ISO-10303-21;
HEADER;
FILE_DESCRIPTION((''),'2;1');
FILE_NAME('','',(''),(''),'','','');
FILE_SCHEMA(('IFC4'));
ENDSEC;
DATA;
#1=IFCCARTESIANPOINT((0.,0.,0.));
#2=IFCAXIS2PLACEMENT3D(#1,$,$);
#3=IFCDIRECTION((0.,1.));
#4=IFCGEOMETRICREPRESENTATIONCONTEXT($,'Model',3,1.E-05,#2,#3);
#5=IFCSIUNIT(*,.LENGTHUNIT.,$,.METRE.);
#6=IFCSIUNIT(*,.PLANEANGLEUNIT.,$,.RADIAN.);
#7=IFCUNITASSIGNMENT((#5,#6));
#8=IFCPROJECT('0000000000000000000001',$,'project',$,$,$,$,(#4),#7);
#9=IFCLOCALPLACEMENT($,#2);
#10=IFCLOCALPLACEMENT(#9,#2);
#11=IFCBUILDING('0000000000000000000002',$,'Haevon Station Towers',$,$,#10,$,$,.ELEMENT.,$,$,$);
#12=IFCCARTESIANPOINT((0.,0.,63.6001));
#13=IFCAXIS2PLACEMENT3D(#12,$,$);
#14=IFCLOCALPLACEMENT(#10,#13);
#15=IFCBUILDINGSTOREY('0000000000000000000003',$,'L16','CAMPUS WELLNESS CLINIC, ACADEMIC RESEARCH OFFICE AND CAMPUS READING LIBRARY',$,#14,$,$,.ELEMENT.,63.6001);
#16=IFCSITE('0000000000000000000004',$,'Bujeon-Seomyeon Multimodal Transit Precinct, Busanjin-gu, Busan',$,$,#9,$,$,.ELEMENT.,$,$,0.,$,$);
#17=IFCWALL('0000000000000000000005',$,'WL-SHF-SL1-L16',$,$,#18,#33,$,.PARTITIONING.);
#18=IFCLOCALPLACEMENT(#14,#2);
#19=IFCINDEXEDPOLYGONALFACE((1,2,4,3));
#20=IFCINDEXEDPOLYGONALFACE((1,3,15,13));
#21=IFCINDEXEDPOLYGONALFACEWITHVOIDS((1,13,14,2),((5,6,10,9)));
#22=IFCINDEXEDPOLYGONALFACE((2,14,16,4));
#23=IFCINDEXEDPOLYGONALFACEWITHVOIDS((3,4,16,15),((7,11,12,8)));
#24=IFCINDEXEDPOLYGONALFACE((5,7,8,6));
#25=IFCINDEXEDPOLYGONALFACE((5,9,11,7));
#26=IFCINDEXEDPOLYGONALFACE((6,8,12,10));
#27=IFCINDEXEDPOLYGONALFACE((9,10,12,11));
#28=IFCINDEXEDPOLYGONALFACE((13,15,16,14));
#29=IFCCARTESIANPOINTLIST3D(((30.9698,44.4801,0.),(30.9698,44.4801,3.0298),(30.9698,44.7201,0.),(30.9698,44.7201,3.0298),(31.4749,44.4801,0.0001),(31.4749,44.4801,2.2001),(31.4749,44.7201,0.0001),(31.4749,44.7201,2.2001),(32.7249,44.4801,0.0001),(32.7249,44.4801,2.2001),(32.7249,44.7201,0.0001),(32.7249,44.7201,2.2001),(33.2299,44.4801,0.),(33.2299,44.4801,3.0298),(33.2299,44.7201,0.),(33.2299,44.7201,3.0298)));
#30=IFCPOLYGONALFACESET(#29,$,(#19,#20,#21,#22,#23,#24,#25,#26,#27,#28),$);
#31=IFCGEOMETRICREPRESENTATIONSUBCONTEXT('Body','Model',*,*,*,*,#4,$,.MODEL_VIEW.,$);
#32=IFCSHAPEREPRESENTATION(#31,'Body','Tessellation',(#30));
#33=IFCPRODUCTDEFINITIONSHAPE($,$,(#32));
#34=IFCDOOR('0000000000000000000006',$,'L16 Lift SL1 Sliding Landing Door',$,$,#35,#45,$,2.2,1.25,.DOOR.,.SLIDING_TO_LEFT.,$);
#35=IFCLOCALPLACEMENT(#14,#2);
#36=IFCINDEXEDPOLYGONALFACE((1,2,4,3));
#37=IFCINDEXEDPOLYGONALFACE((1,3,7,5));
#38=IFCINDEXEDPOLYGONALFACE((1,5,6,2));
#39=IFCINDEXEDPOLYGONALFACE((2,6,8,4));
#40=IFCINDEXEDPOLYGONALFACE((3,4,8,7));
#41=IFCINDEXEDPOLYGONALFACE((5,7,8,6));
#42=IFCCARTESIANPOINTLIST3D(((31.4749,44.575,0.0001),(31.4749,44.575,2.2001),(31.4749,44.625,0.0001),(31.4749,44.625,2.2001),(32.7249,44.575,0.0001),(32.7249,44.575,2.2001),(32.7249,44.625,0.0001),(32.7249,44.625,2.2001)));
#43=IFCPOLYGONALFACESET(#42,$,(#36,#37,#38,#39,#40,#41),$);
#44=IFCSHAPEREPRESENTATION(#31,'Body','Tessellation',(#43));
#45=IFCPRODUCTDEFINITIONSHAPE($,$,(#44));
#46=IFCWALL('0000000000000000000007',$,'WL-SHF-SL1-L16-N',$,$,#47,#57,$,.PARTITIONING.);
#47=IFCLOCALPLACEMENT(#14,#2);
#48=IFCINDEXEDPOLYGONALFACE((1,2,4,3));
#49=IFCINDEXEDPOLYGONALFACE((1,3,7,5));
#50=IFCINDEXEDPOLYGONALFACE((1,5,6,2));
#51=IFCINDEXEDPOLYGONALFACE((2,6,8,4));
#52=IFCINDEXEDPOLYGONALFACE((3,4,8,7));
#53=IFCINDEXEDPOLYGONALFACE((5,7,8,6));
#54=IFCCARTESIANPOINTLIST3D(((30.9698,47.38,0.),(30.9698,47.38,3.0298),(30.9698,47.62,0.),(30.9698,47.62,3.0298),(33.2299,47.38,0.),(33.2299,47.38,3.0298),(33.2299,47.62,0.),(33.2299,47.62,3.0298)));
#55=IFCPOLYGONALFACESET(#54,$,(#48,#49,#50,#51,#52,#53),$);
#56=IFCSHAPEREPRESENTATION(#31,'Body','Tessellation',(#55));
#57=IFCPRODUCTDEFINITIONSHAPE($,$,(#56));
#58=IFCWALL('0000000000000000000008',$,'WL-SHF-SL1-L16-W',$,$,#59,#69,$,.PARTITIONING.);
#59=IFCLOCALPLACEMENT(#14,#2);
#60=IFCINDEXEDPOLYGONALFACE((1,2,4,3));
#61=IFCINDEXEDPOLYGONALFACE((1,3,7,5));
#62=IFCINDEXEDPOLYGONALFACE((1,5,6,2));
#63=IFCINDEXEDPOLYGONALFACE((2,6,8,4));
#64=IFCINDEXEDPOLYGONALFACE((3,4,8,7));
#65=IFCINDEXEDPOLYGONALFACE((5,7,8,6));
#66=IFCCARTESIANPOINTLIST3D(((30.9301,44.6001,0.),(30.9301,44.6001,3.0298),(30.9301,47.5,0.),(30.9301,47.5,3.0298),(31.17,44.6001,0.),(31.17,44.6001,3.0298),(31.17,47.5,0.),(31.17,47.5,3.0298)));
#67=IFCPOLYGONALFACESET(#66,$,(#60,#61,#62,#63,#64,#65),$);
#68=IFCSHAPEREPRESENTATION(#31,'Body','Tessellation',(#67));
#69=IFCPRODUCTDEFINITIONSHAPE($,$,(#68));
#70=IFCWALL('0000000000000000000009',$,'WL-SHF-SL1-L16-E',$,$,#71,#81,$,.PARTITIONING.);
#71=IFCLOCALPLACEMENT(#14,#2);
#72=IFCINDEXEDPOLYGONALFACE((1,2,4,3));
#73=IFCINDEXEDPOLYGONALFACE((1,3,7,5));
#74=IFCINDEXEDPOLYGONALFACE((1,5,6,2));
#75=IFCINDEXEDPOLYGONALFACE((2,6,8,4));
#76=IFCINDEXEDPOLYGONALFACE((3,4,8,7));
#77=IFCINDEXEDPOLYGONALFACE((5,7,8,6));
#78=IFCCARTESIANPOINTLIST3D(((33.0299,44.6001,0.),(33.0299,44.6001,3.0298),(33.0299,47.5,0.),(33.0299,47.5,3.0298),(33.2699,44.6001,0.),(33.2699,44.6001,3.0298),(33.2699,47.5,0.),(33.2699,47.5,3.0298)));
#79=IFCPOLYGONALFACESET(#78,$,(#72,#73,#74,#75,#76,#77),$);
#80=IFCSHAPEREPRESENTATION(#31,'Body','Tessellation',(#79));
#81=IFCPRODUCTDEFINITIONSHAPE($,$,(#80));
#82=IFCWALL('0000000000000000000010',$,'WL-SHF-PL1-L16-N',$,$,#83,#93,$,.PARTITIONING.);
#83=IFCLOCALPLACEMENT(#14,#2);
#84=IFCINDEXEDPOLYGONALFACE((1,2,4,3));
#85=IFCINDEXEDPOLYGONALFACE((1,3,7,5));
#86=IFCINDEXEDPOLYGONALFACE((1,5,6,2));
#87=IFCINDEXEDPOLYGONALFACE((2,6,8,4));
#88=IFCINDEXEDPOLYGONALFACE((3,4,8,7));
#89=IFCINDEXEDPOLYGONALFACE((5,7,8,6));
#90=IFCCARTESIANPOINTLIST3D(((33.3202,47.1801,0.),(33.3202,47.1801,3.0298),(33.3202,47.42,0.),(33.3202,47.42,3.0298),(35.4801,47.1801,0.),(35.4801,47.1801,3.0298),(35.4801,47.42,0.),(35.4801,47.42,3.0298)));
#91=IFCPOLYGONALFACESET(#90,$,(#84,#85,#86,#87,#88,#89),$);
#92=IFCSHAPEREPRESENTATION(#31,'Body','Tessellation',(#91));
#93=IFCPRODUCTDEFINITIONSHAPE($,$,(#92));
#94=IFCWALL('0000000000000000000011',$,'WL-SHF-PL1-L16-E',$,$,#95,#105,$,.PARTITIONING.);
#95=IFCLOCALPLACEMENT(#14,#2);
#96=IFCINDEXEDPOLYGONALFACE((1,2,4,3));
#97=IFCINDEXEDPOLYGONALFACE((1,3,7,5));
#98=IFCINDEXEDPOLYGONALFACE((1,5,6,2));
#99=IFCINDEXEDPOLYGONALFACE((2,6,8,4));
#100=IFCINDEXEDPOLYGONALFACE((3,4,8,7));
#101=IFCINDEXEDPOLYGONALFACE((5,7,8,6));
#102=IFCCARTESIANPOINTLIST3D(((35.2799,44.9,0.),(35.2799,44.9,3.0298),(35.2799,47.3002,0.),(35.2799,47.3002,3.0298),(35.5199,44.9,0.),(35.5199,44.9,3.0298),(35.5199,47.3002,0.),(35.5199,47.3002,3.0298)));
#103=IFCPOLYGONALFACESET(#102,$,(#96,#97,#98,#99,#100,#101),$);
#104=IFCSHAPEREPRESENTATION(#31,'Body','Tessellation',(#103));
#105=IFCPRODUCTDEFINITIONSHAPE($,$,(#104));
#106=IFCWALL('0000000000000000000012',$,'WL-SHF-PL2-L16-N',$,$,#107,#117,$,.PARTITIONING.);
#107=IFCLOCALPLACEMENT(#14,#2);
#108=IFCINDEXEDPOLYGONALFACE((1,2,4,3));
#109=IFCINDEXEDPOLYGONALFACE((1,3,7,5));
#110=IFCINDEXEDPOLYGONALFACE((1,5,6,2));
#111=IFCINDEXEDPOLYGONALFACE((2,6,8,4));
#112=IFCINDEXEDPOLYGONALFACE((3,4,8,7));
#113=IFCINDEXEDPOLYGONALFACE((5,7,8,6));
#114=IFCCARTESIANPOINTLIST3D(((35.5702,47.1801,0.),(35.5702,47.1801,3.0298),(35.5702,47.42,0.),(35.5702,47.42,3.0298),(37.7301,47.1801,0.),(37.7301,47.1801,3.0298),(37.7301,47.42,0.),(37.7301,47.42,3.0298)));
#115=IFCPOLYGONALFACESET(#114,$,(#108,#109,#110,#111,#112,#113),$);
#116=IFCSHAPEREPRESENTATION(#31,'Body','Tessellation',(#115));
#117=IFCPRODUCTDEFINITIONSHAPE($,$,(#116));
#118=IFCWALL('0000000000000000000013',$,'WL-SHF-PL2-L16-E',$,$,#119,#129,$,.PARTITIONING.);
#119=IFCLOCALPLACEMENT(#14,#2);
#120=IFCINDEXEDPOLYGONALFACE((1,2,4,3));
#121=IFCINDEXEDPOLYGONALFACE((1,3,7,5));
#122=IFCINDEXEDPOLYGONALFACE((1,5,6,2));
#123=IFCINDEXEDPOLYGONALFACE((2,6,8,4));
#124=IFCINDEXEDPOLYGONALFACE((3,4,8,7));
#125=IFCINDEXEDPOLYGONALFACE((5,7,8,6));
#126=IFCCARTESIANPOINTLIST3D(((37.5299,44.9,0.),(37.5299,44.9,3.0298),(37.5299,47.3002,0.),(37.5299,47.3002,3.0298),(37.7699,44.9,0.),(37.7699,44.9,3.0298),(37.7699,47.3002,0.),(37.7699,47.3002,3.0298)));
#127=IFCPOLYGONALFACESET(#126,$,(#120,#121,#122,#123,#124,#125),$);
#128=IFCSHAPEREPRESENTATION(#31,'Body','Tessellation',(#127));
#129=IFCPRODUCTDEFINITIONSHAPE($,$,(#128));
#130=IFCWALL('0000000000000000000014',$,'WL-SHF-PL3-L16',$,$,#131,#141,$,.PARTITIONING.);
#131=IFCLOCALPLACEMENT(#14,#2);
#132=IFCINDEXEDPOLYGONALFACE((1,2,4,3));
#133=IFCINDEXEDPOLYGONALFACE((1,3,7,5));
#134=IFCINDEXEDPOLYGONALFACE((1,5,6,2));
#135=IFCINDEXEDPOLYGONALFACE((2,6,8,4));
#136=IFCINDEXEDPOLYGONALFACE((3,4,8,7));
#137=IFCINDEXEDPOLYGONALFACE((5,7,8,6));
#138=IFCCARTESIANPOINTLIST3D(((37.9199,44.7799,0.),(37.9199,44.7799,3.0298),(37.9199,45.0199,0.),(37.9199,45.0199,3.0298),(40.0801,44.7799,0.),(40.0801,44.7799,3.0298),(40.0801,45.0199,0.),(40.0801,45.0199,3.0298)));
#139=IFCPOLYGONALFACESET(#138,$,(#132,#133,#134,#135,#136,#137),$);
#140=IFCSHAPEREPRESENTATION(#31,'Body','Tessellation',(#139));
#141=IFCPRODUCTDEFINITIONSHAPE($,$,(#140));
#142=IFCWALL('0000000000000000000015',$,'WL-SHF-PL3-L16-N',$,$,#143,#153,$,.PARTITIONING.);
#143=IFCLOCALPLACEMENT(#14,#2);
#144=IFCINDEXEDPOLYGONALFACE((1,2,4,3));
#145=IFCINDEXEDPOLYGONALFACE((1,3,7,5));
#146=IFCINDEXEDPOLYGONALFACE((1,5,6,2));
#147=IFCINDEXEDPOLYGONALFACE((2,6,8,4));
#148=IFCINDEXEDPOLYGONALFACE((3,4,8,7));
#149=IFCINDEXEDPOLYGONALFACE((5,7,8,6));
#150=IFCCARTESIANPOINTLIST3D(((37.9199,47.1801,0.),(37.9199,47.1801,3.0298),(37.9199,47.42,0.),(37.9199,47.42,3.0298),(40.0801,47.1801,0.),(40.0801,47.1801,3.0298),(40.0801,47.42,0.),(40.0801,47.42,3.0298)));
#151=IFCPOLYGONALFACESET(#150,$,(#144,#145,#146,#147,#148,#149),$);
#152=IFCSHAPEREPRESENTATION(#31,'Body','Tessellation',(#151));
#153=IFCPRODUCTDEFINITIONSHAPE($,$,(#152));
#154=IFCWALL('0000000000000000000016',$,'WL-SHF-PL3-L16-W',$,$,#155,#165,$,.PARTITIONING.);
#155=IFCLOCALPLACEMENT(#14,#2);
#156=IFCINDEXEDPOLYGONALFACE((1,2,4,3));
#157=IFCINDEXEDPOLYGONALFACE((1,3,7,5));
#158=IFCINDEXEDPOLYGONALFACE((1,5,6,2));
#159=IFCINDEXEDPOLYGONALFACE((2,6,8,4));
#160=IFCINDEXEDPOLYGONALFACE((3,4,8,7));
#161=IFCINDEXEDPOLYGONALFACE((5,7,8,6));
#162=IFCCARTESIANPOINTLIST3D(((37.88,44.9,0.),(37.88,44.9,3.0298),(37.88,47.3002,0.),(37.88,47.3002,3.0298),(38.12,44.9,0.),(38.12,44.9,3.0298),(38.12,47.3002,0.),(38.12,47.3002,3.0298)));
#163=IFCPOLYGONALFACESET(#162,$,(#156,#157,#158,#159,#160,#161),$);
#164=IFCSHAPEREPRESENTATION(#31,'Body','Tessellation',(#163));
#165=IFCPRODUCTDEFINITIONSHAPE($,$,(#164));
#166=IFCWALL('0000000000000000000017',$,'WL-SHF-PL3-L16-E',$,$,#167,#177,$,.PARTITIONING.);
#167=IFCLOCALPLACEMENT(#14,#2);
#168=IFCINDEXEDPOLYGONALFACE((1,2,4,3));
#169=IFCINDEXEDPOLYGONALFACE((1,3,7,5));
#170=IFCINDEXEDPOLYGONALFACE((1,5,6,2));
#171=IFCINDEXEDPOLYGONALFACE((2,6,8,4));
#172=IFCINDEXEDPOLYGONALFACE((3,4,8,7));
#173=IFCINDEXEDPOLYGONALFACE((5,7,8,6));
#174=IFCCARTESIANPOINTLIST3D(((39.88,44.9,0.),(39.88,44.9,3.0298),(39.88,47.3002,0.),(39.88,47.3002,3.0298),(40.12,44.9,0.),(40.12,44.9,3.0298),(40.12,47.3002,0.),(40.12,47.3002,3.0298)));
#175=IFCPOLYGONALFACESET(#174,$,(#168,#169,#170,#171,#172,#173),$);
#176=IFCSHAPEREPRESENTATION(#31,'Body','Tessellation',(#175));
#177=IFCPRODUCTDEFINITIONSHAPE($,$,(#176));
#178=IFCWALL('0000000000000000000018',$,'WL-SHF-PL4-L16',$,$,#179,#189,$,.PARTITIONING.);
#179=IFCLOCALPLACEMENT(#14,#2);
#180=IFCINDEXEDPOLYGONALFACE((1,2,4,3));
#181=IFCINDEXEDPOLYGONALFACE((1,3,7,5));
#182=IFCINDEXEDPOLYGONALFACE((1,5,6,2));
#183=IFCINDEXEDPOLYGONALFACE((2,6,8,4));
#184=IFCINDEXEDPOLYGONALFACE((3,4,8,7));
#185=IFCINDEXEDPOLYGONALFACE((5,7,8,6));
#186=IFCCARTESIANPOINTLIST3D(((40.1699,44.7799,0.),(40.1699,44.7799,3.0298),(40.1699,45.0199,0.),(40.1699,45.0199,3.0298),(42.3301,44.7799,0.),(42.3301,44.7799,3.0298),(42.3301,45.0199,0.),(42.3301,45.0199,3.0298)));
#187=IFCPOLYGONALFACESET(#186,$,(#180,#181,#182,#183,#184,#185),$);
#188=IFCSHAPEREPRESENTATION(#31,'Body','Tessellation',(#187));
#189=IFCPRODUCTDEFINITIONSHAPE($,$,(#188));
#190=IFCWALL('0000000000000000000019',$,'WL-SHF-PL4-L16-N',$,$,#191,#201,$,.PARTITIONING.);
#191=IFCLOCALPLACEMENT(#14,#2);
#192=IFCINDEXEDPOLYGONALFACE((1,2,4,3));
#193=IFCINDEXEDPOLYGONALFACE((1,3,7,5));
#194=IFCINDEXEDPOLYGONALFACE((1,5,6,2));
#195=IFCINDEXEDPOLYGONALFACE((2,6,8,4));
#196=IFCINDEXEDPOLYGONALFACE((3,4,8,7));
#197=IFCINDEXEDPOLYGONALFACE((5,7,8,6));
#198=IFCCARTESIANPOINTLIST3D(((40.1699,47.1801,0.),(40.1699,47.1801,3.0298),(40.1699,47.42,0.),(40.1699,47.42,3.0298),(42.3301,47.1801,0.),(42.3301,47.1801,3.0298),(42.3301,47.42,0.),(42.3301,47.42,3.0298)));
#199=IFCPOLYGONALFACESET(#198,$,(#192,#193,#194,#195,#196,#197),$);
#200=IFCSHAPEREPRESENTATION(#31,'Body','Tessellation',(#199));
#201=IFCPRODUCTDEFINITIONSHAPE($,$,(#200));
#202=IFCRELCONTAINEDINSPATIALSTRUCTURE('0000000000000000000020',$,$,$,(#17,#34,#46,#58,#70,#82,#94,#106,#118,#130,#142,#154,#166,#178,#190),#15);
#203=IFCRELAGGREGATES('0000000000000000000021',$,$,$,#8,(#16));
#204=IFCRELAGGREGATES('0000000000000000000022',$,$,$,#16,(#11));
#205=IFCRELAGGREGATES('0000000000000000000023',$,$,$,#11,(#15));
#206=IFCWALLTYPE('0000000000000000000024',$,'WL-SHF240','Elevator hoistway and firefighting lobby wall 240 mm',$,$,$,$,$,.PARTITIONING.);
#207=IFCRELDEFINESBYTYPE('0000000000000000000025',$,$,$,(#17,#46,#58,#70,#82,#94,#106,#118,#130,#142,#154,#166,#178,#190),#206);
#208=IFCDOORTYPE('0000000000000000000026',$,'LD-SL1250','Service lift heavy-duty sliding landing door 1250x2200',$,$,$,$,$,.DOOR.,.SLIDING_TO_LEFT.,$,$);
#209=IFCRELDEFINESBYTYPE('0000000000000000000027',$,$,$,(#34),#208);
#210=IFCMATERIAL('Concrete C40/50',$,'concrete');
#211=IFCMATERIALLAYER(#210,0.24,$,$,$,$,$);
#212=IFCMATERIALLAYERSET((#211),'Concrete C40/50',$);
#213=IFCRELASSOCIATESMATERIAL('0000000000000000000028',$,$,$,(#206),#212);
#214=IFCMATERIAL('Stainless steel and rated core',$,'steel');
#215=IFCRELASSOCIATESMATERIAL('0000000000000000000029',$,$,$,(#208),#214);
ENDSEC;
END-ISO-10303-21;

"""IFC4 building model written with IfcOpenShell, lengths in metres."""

from ifc_helpers import new_model, si_unit, direction, frame, frame_2d, origin, place, context, subcontext, project, spatial, rectangle, extrude, material, layer, layer_set, type_object, element, fill, save


model = new_model("IFC4")

# Units and contexts
model_context = context("Model", 3, precision=1e-05, world=origin(), true_north=direction((0.0, 1.0)))
body_context = subcontext(model_context, "Body", "Model", "MODEL_VIEW")
ifc_project = project(units=[si_unit("LENGTHUNIT", "METRE"), si_unit("PLANEANGLEUNIT", "RADIAN")], contexts=[model_context])

# Site, building, storey
site_placement = place(None, origin())
site = spatial("IfcSite", under=ifc_project, at=site_placement, Name="Bujeon-Seomyeon Multimodal Transit Precinct, Busanjin-gu, Busan", CompositionType="ELEMENT", RefElevation=0.0)
building_placement = place(site_placement, origin())
building = spatial("IfcBuilding", under=site, at=building_placement, Name="Haevon Station Towers", CompositionType="ELEMENT")
storey_placement = place(building_placement, frame((0.0, 0.0, 63.6001)))
storey = spatial("IfcBuildingStorey", under=building, at=storey_placement, Name="L16", Description="CAMPUS WELLNESS CLINIC, ACADEMIC RESEARCH OFFICE AND CAMPUS READING LIBRARY", CompositionType="ELEMENT", Elevation=63.6001)

# Wall, opening, door
ifc_material_1 = material(Name="Concrete C40/50", Category="concrete")
ifc_layer_1 = layer(ifc_material_1, 0.24)
ifc_layer_set_1 = layer_set([ifc_layer_1], Name="Concrete C40/50")
wall_type_1 = type_object("IfcWallType", Name="WL-SHF240", Description="Elevator hoistway and firefighting lobby wall 240 mm", PredefinedType="PARTITIONING", material=ifc_layer_set_1)
wall_1_placement = place(storey_placement, frame((30.97, 44.6001, 0.0), z_axis=(0.0, 0.0, 1.0), x_axis=(1.0, 0.0, 0.0)))
wall_1 = element("IfcWall", 1, at=wall_1_placement, inside=storey, type_object=wall_type_1, Name="WL-SHF-SL1-L16", PredefinedType="PARTITIONING", context=body_context, shape_type="SweptSolid", body=[
    extrude(rectangle(XDim=2.26, YDim=0.24, at=frame_2d((1.1299, 0.0))), origin(), (0.0, 0.0, 1.0), 3.0298),
])
opening_1_placement = place(wall_1_placement, frame((0.5049, 0.0, 0.0)))
opening_1 = element("IfcOpeningElement", 2, at=opening_1_placement, cuts=wall_1, PredefinedType="OPENING", context=body_context, shape_type="SweptSolid", body=[
    extrude(rectangle(XDim=1.25, YDim=2.2, at=frame_2d((0.625, 1.1001))), frame((0.0, 0.1299, 0.0), z_axis=(0.0, -1.0, 0.0), x_axis=(1.0, 0.0, 0.0)), (0.0, 0.0, 1.0), 0.26),
])
ifc_material_2 = material(Name="Stainless steel and rated core", Category="steel")
door_type_1 = type_object("IfcDoorType", Name="LD-SL1250", Description="Service lift heavy-duty sliding landing door 1250x2200", OperationType="SLIDING_TO_LEFT", PredefinedType="DOOR", material=ifc_material_2)
door_1_placement = place(opening_1_placement, origin())
door_1 = element("IfcDoor", 3, at=door_1_placement, inside=storey, type_object=door_type_1, Name="L16 Lift SL1 Sliding Landing Door", OperationType="SLIDING_TO_LEFT", OverallHeight=2.2, OverallWidth=1.25, PredefinedType="DOOR", context=body_context, shape_type="SweptSolid", body=[
    extrude(rectangle(XDim=1.25, YDim=2.2, at=frame_2d((0.625, 1.1001))), frame((0.0, 0.0249, 0.0), z_axis=(0.0, -1.0, 0.0), x_axis=(1.0, 0.0, 0.0)), (0.0, 0.0, 1.0), 0.05),
])
fill(opening_1, door_1)

# Walls
wall_2_placement = place(storey_placement, frame((30.97, 47.5, 0.0), z_axis=(0.0, 0.0, 1.0), x_axis=(1.0, 0.0, 0.0)))
element("IfcWall", 4, at=wall_2_placement, inside=storey, type_object=wall_type_1, Name="WL-SHF-SL1-L16-N", PredefinedType="PARTITIONING", context=body_context, shape_type="SweptSolid", body=[
    extrude(rectangle(XDim=2.26, YDim=0.24, at=frame_2d((1.1299, 0.0))), origin(), (0.0, 0.0, 1.0), 3.0298),
])
for number, where, z_axis, x_axis, name in (
    (5, (31.05, 44.6001, 0.0), (0.0, 0.0, 1.0), (0.0, 1.0, 0.0), "WL-SHF-SL1-L16-W"),
    (6, (33.1499, 44.6001, 0.0), (0.0, 0.0, 1.0), (0.0, 1.0, 0.0), "WL-SHF-SL1-L16-E"),
):
    element("IfcWall", number, at=place(storey_placement, frame(where, z_axis=z_axis, x_axis=x_axis)), inside=storey, type_object=wall_type_1, Name=name, PredefinedType="PARTITIONING", context=body_context, shape_type="SweptSolid", body=[
        extrude(rectangle(XDim=2.8999, YDim=0.24, at=frame_2d((1.45, 0.0))), origin(), (0.0, 0.0, 1.0), 3.0298),
    ])

# Walls
wall_3_placement = place(storey_placement, frame((33.3201, 47.3, 0.0), z_axis=(0.0, 0.0, 1.0), x_axis=(1.0, 0.0, 0.0)))
element("IfcWall", 7, at=wall_3_placement, inside=storey, type_object=wall_type_1, Name="WL-SHF-PL1-L16-N", PredefinedType="PARTITIONING", context=body_context, shape_type="SweptSolid", body=[
    extrude(rectangle(XDim=2.1599, YDim=0.24, at=frame_2d((1.0801, 0.0))), origin(), (0.0, 0.0, 1.0), 3.0298),
])
wall_4_placement = place(storey_placement, frame((35.3999, 44.8999, 0.0), z_axis=(0.0, 0.0, 1.0), x_axis=(0.0, 1.0, 0.0)))
element("IfcWall", 8, at=wall_4_placement, inside=storey, type_object=wall_type_1, Name="WL-SHF-PL1-L16-E", PredefinedType="PARTITIONING", context=body_context, shape_type="SweptSolid", body=[
    extrude(rectangle(XDim=2.4001, YDim=0.24, at=frame_2d((1.2002, 0.0))), origin(), (0.0, 0.0, 1.0), 3.0298),
])

# Walls
wall_5_placement = place(storey_placement, frame((35.5701, 47.3, 0.0), z_axis=(0.0, 0.0, 1.0), x_axis=(1.0, 0.0, 0.0)))
element("IfcWall", 9, at=wall_5_placement, inside=storey, type_object=wall_type_1, Name="WL-SHF-PL2-L16-N", PredefinedType="PARTITIONING", context=body_context, shape_type="SweptSolid", body=[
    extrude(rectangle(XDim=2.1599, YDim=0.24, at=frame_2d((1.0801, 0.0))), origin(), (0.0, 0.0, 1.0), 3.0298),
])
wall_6_placement = place(storey_placement, frame((37.6499, 44.8999, 0.0), z_axis=(0.0, 0.0, 1.0), x_axis=(0.0, 1.0, 0.0)))
element("IfcWall", 10, at=wall_6_placement, inside=storey, type_object=wall_type_1, Name="WL-SHF-PL2-L16-E", PredefinedType="PARTITIONING", context=body_context, shape_type="SweptSolid", body=[
    extrude(rectangle(XDim=2.4001, YDim=0.24, at=frame_2d((1.2002, 0.0))), origin(), (0.0, 0.0, 1.0), 3.0298),
])
for number, where, z_axis, x_axis, name in (
    (11, (37.9199, 44.8999, 0.0), (0.0, 0.0, 1.0), (1.0, 0.0, 0.0), "WL-SHF-PL3-L16"),
    (12, (37.9199, 47.3, 0.0), (0.0, 0.0, 1.0), (1.0, 0.0, 0.0), "WL-SHF-PL3-L16-N"),
):
    element("IfcWall", number, at=place(storey_placement, frame(where, z_axis=z_axis, x_axis=x_axis)), inside=storey, type_object=wall_type_1, Name=name, PredefinedType="PARTITIONING", context=body_context, shape_type="SweptSolid", body=[
        extrude(rectangle(XDim=2.1602, YDim=0.24, at=frame_2d((1.0801, 0.0))), origin(), (0.0, 0.0, 1.0), 3.0298),
    ])
for number, where, z_axis, x_axis, name in (
    (13, (38.0, 44.8999, 0.0), (0.0, 0.0, 1.0), (0.0, 1.0, 0.0), "WL-SHF-PL3-L16-W"),
    (14, (40.0, 44.8999, 0.0), (0.0, 0.0, 1.0), (0.0, 1.0, 0.0), "WL-SHF-PL3-L16-E"),
):
    element("IfcWall", number, at=place(storey_placement, frame(where, z_axis=z_axis, x_axis=x_axis)), inside=storey, type_object=wall_type_1, Name=name, PredefinedType="PARTITIONING", context=body_context, shape_type="SweptSolid", body=[
        extrude(rectangle(XDim=2.4001, YDim=0.24, at=frame_2d((1.2002, 0.0))), origin(), (0.0, 0.0, 1.0), 3.0298),
    ])
for number, where, z_axis, x_axis, name in (
    (15, (40.1699, 44.8999, 0.0), (0.0, 0.0, 1.0), (1.0, 0.0, 0.0), "WL-SHF-PL4-L16"),
    (16, (40.1699, 47.3, 0.0), (0.0, 0.0, 1.0), (1.0, 0.0, 0.0), "WL-SHF-PL4-L16-N"),
):
    element("IfcWall", number, at=place(storey_placement, frame(where, z_axis=z_axis, x_axis=x_axis)), inside=storey, type_object=wall_type_1, Name=name, PredefinedType="PARTITIONING", context=body_context, shape_type="SweptSolid", body=[
        extrude(rectangle(XDim=2.1602, YDim=0.24, at=frame_2d((1.0801, 0.0))), origin(), (0.0, 0.0, 1.0), 3.0298),
    ])

save(model, "model.ifc")
